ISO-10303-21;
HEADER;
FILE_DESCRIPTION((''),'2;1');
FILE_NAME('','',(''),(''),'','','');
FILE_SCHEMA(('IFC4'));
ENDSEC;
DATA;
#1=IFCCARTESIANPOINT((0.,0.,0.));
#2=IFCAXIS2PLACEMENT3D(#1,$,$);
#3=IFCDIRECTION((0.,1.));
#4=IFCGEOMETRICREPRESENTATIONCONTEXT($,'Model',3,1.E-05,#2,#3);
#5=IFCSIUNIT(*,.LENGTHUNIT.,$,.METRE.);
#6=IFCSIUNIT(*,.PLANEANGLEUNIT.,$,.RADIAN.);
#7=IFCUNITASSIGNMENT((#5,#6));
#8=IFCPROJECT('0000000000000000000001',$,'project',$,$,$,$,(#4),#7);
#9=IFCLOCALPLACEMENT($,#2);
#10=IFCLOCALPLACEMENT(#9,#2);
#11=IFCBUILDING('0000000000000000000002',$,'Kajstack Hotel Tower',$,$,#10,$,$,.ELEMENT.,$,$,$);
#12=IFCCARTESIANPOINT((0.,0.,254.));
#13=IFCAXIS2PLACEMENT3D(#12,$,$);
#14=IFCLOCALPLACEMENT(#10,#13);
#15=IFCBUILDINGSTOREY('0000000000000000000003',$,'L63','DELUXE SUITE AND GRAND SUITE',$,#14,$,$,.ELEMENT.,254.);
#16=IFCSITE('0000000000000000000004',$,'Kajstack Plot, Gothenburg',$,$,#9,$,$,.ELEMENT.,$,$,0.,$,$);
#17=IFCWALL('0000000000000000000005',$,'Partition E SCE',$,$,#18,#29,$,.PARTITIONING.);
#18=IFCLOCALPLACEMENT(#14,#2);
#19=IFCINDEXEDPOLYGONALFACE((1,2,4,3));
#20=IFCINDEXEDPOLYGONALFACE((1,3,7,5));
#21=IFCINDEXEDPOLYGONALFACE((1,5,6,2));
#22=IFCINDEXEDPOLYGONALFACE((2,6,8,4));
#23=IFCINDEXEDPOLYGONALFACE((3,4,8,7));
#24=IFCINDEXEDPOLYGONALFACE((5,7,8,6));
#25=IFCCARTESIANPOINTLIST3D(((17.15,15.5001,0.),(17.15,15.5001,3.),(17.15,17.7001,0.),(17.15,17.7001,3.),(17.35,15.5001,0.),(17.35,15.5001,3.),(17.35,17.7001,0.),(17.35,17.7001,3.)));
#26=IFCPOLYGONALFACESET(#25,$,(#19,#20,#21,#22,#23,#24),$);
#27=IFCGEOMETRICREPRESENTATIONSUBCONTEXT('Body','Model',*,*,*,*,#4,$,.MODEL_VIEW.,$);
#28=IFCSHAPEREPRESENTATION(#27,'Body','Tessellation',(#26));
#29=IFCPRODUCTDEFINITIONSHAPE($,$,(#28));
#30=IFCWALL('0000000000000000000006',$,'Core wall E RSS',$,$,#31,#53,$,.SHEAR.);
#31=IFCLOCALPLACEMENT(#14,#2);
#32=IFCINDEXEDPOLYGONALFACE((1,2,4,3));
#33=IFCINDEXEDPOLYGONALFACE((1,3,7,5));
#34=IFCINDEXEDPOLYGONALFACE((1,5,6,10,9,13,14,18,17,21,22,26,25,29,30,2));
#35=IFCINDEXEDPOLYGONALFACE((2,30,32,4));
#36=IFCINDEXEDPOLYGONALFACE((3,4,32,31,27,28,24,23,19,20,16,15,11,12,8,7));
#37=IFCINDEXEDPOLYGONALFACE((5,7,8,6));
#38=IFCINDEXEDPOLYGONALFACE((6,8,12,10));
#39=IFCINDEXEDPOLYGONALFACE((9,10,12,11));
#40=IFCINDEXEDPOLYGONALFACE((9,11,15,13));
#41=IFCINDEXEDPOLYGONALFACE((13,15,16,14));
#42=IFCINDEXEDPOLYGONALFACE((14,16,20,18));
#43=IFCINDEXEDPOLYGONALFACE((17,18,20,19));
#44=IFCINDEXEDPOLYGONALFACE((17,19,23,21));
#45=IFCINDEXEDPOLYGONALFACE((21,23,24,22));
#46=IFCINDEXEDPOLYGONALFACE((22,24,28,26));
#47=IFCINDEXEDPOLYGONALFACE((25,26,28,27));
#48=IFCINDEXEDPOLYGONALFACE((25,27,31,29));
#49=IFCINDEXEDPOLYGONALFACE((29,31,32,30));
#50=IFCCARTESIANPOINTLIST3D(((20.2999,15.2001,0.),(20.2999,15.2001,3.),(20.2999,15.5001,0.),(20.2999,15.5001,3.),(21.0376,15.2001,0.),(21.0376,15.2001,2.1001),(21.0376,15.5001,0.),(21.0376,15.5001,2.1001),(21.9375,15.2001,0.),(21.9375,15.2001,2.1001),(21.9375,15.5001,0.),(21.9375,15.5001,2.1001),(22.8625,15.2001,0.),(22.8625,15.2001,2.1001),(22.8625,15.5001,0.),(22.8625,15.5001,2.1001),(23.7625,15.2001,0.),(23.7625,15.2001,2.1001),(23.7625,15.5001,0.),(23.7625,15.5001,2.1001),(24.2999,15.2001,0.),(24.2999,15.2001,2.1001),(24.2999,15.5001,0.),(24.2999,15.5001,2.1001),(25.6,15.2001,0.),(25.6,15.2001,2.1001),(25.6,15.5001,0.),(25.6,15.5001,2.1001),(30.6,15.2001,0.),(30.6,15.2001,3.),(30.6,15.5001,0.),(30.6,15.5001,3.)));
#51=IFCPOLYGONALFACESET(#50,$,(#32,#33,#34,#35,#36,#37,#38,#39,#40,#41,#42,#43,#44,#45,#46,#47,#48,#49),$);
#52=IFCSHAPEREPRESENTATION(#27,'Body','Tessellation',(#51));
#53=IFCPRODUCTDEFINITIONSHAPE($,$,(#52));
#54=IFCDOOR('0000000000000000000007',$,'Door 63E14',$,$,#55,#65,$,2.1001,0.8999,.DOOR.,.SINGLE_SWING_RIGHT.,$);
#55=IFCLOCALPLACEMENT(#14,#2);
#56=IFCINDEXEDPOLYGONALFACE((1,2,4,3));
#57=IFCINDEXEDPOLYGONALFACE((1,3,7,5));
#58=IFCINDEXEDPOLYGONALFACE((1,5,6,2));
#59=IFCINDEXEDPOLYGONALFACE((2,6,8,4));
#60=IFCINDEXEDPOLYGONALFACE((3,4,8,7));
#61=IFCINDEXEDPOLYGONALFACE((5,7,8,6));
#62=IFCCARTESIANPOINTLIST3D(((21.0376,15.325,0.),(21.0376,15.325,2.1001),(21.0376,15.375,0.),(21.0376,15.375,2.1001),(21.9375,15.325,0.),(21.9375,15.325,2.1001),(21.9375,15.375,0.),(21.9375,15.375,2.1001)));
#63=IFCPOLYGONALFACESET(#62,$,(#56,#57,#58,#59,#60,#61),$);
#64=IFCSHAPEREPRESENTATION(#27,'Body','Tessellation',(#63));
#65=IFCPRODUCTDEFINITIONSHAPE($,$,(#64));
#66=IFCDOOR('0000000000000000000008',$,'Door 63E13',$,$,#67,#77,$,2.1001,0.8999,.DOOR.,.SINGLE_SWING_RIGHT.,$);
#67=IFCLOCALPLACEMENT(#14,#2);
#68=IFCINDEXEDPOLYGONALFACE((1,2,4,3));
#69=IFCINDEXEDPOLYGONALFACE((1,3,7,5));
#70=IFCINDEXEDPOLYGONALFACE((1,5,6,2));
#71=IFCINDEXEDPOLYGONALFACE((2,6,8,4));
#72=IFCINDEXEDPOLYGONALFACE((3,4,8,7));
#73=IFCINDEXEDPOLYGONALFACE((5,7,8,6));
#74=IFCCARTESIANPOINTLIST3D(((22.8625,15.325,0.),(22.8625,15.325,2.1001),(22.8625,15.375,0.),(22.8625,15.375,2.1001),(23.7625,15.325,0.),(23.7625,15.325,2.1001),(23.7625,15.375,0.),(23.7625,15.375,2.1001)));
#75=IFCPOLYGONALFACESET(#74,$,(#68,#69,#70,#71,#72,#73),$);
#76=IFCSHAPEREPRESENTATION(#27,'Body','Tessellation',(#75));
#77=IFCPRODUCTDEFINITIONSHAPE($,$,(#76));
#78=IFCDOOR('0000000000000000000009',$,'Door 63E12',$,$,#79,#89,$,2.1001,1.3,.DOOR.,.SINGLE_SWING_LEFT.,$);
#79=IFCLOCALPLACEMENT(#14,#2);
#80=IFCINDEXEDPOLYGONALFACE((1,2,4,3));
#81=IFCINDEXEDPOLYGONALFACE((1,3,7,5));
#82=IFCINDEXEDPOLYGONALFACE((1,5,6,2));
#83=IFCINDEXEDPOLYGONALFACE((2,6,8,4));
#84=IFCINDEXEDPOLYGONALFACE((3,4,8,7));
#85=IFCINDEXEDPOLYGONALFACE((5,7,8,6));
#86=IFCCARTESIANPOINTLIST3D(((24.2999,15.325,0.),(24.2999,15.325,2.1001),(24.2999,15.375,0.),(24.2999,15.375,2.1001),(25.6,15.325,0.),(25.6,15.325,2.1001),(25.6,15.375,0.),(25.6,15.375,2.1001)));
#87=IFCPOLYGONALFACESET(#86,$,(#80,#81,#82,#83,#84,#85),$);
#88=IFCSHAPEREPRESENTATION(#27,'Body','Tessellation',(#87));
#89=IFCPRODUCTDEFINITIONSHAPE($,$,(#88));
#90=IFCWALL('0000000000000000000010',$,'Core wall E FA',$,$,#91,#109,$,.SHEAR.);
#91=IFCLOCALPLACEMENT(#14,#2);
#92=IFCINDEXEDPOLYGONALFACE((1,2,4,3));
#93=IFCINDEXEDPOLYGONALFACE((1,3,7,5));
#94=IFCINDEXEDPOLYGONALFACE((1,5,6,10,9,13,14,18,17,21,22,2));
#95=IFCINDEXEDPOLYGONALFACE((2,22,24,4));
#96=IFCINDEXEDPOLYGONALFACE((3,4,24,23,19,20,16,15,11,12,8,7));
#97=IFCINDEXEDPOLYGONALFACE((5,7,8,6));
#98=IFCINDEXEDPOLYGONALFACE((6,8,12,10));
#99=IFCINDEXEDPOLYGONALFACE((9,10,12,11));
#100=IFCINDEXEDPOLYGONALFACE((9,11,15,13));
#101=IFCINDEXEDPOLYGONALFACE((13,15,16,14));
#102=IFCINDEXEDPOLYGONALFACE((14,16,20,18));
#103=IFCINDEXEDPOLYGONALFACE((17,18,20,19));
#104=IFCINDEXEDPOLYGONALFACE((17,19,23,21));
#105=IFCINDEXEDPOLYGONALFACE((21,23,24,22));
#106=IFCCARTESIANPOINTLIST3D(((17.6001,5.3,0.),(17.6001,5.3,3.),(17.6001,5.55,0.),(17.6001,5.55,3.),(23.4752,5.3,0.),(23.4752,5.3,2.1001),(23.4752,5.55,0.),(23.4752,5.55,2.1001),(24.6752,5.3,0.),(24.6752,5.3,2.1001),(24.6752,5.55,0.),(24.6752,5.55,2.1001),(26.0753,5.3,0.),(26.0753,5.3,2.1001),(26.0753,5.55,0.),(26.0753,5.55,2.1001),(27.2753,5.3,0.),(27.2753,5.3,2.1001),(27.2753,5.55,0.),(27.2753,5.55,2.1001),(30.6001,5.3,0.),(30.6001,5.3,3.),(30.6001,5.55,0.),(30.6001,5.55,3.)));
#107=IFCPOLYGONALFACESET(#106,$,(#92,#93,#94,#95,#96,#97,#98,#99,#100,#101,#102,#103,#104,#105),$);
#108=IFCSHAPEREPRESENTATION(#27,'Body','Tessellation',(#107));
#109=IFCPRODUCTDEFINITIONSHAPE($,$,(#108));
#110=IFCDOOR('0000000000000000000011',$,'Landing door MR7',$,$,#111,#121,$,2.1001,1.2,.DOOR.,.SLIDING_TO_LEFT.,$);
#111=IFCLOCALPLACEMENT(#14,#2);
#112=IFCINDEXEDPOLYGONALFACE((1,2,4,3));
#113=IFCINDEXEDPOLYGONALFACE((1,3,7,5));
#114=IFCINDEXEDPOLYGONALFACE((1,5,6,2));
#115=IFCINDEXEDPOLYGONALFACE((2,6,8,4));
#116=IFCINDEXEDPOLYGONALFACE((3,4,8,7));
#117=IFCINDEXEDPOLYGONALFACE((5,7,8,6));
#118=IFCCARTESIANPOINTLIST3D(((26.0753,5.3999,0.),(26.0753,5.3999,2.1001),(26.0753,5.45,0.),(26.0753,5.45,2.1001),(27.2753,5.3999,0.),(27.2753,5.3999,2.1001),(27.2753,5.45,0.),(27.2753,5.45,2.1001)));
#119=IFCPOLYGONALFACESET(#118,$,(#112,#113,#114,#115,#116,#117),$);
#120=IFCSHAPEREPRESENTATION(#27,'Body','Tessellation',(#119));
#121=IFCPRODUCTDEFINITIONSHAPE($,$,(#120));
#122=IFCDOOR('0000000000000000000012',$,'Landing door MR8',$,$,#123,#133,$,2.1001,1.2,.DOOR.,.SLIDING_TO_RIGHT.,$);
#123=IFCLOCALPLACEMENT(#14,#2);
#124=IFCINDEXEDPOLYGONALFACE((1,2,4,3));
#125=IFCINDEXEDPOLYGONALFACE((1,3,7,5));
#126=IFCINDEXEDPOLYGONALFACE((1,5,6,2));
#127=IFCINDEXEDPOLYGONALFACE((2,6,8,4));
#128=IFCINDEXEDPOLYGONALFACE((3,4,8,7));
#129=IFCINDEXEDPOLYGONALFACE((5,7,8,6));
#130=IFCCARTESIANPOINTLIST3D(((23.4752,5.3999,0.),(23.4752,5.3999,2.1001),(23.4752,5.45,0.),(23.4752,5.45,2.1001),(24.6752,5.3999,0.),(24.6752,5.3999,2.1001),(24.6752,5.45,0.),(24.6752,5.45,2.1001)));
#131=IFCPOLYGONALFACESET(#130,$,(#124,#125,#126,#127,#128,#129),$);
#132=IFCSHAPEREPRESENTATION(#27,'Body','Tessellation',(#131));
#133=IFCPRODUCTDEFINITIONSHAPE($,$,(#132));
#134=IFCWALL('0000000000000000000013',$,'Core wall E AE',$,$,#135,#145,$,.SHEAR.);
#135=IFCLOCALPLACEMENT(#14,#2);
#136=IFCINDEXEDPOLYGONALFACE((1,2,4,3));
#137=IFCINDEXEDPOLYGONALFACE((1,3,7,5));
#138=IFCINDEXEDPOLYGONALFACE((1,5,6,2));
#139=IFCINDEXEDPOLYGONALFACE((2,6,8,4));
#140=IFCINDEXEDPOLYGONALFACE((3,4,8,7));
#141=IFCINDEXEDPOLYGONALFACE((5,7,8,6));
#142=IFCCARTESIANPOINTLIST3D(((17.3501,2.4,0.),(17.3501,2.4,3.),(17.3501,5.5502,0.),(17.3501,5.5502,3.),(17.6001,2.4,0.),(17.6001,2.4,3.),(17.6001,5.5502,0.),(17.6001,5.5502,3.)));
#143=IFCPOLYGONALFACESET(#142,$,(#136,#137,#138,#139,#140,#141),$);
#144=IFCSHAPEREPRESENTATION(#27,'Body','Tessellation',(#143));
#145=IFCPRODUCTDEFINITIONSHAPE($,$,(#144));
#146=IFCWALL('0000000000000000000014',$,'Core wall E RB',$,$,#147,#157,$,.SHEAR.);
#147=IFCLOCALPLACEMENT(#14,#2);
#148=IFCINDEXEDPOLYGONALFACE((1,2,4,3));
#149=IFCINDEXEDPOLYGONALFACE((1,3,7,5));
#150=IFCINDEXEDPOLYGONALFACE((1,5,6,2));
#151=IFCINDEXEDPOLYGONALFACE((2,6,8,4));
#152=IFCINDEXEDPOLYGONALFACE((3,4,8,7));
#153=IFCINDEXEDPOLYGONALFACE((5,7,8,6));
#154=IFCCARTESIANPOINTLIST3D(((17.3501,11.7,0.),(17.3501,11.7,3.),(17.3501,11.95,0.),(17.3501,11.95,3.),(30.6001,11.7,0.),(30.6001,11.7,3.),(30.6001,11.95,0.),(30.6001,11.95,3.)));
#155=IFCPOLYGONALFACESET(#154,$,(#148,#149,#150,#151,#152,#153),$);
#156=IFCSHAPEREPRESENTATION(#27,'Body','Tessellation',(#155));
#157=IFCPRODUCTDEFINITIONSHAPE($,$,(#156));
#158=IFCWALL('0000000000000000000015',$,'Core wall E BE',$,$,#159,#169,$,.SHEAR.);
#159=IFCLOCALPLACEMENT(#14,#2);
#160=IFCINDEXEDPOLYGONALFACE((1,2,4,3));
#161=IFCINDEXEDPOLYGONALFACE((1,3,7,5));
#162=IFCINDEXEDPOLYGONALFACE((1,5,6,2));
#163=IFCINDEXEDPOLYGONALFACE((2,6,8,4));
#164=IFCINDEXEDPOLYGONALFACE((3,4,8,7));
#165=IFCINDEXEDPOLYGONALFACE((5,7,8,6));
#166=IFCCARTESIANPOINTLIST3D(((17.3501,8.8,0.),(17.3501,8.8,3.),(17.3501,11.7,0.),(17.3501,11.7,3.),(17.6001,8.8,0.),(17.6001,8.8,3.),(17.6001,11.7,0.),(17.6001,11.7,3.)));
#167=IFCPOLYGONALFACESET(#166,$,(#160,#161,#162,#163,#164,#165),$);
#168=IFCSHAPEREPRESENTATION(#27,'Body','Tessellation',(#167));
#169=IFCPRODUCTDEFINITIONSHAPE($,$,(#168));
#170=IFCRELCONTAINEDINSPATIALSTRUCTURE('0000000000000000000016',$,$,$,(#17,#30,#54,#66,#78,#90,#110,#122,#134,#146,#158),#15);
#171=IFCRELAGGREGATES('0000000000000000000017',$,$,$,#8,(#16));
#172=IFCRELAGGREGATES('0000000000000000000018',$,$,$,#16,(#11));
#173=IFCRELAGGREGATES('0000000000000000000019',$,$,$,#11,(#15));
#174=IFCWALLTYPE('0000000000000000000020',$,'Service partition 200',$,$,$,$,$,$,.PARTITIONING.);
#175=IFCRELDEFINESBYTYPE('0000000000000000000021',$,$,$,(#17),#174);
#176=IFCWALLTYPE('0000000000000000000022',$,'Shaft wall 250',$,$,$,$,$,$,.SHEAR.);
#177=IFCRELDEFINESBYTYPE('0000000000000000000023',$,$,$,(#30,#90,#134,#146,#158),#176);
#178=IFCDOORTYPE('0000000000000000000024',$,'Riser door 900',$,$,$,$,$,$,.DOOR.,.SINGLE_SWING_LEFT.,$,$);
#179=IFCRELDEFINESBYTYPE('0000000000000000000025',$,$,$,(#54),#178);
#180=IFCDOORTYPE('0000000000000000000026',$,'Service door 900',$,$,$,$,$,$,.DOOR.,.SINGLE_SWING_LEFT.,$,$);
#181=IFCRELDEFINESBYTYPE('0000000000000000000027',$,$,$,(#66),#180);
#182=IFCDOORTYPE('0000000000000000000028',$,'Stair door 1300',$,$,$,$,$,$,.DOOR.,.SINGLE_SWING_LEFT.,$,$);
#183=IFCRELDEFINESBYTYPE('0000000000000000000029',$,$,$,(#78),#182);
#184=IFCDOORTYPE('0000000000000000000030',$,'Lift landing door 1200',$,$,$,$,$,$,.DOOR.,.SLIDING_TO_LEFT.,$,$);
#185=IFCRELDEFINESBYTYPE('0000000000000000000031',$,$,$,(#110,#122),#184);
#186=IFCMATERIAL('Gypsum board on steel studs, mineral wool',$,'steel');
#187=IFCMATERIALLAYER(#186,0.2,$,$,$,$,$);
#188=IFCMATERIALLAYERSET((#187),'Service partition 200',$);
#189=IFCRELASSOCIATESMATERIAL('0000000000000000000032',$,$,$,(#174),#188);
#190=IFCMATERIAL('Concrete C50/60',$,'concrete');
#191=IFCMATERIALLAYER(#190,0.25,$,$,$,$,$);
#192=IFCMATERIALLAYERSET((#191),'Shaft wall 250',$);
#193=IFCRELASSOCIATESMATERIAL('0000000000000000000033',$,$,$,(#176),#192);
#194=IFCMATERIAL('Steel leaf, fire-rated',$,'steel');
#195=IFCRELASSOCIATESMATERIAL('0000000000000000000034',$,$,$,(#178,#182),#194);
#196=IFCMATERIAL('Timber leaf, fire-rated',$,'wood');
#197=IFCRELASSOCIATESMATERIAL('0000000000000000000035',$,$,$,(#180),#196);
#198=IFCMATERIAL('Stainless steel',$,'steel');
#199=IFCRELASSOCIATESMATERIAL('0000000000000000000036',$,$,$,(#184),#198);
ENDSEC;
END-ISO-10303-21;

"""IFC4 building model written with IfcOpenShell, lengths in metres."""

from ifc_helpers import new_model, si_unit, direction, frame, frame_2d, origin, place, context, subcontext, project, spatial, rectangle, extrude, material, layer, layer_set, type_object, element, fill, save


model = new_model("IFC4")

# Units and contexts
model_context = context("Model", 3, precision=1e-05, world=origin(), true_north=direction((0.0, 1.0)))
body_context = subcontext(model_context, "Body", "Model", "MODEL_VIEW")
ifc_project = project(units=[si_unit("LENGTHUNIT", "METRE"), si_unit("PLANEANGLEUNIT", "RADIAN")], contexts=[model_context])

# Site, building, storey
site_placement = place(None, origin())
site = spatial("IfcSite", under=ifc_project, at=site_placement, Name="Kajstack Plot, Gothenburg", CompositionType="ELEMENT", RefElevation=0.0)
building_placement = place(site_placement, origin())
building = spatial("IfcBuilding", under=site, at=building_placement, Name="Kajstack Hotel Tower", CompositionType="ELEMENT")
storey_placement = place(building_placement, frame((0.0, 0.0, 254.0)))
storey = spatial("IfcBuildingStorey", under=building, at=storey_placement, Name="L63", Description="DELUXE SUITE AND GRAND SUITE", CompositionType="ELEMENT", Elevation=254.0)

# Wall
ifc_material_1 = material(Name="Gypsum board on steel studs, mineral wool", Category="steel")
ifc_layer_1 = layer(ifc_material_1, 0.2)
ifc_layer_set_1 = layer_set([ifc_layer_1], Name="Service partition 200")
wall_type_1 = type_object("IfcWallType", Name="Service partition 200", PredefinedType="PARTITIONING", material=ifc_layer_set_1)
wall_1_placement = place(storey_placement, frame((17.25, 15.5, 0.0), z_axis=(0.0, 0.0, 1.0), x_axis=(0.0, 1.0, 0.0)))
element("IfcWall", 1, at=wall_1_placement, inside=storey, type_object=wall_type_1, Name="Partition E SCE", PredefinedType="PARTITIONING", context=body_context, shape_type="SweptSolid", body=[
    extrude(rectangle(XDim=2.2, YDim=0.2, at=frame_2d((1.1001, 0.0))), origin(), (0.0, 0.0, 1.0), 3.0),
])

# Walls, openings, doors
ifc_material_2 = material(Name="Concrete C50/60", Category="concrete")
ifc_layer_2 = layer(ifc_material_2, 0.25)
ifc_layer_set_2 = layer_set([ifc_layer_2], Name="Shaft wall 250")
wall_type_2 = type_object("IfcWallType", Name="Shaft wall 250", PredefinedType="SHEAR", material=ifc_layer_set_2)
wall_2_placement = place(storey_placement, frame((20.3, 15.3501, 0.0), z_axis=(0.0, 0.0, 1.0), x_axis=(1.0, 0.0, 0.0)))
wall_2 = element("IfcWall", 2, at=wall_2_placement, inside=storey, type_object=wall_type_2, Name="Core wall E RSS", PredefinedType="SHEAR", context=body_context, shape_type="SweptSolid", body=[
    extrude(rectangle(XDim=10.3, YDim=0.3, at=frame_2d((5.1499, 0.0))), origin(), (0.0, 0.0, 1.0), 3.0),
])
opening_1_placement = place(wall_2_placement, frame((4.0, 0.0, 0.0)))
opening_1 = element("IfcOpeningElement", 3, at=opening_1_placement, cuts=wall_2, PredefinedType="OPENING", context=body_context, shape_type="SweptSolid", body=[
    extrude(rectangle(XDim=1.3, YDim=2.1001, at=frame_2d((0.6499, 1.05))), frame((0.0, 0.1599, 0.0), z_axis=(0.0, -1.0, 0.0), x_axis=(1.0, 0.0, 0.0)), (0.0, 0.0, 1.0), 0.3201),
])
opening_2_placement = place(wall_2_placement, frame((2.5625, 0.0, 0.0)))
opening_2 = element("IfcOpeningElement", 4, at=opening_2_placement, cuts=wall_2, PredefinedType="OPENING", context=body_context, shape_type="SweptSolid", body=[
    extrude(rectangle(XDim=0.8999, YDim=2.1001, at=frame_2d((0.45, 1.05))), frame((0.0, 0.1599, 0.0), z_axis=(0.0, -1.0, 0.0), x_axis=(1.0, 0.0, 0.0)), (0.0, 0.0, 1.0), 0.3201),
])
opening_3_placement = place(wall_2_placement, frame((0.7375, 0.0, 0.0)))
opening_3 = element("IfcOpeningElement", 5, at=opening_3_placement, cuts=wall_2, PredefinedType="OPENING", context=body_context, shape_type="SweptSolid", body=[
    extrude(rectangle(XDim=0.8999, YDim=2.1001, at=frame_2d((0.45, 1.05))), frame((0.0, 0.1599, 0.0), z_axis=(0.0, -1.0, 0.0), x_axis=(1.0, 0.0, 0.0)), (0.0, 0.0, 1.0), 0.3201),
])
ifc_material_3 = material(Name="Steel leaf, fire-rated", Category="steel")
door_type_1 = type_object("IfcDoorType", Name="Riser door 900", OperationType="SINGLE_SWING_LEFT", PredefinedType="DOOR", material=ifc_material_3)
door_1_placement = place(opening_3_placement, origin())
door_1 = element("IfcDoor", 6, at=door_1_placement, inside=storey, type_object=door_type_1, Name="Door 63E14", OperationType="SINGLE_SWING_RIGHT", OverallHeight=2.1001, OverallWidth=0.8999, PredefinedType="DOOR", context=body_context, shape_type="SweptSolid", body=[
    extrude(rectangle(XDim=0.8999, YDim=2.1001, at=frame_2d((0.45, 1.05))), frame((0.0, 0.0249, 0.0), z_axis=(0.0, -1.0, 0.0), x_axis=(1.0, 0.0, 0.0)), (0.0, 0.0, 1.0), 0.05),
])
fill(opening_3, door_1)
ifc_material_4 = material(Name="Timber leaf, fire-rated", Category="wood")
door_type_2 = type_object("IfcDoorType", Name="Service door 900", OperationType="SINGLE_SWING_LEFT", PredefinedType="DOOR", material=ifc_material_4)
door_2_placement = place(opening_2_placement, origin())
door_2 = element("IfcDoor", 7, at=door_2_placement, inside=storey, type_object=door_type_2, Name="Door 63E13", OperationType="SINGLE_SWING_RIGHT", OverallHeight=2.1001, OverallWidth=0.8999, PredefinedType="DOOR", context=body_context, shape_type="SweptSolid", body=[
    extrude(rectangle(XDim=0.8999, YDim=2.1001, at=frame_2d((0.45, 1.05))), frame((0.0, 0.0249, 0.0), z_axis=(0.0, -1.0, 0.0), x_axis=(1.0, 0.0, 0.0)), (0.0, 0.0, 1.0), 0.05),
])
fill(opening_2, door_2)
door_type_3 = type_object("IfcDoorType", Name="Stair door 1300", OperationType="SINGLE_SWING_LEFT", PredefinedType="DOOR", material=ifc_material_3)
door_3_placement = place(opening_1_placement, origin())
door_3 = element("IfcDoor", 8, at=door_3_placement, inside=storey, type_object=door_type_3, Name="Door 63E12", OperationType="SINGLE_SWING_LEFT", OverallHeight=2.1001, OverallWidth=1.3, PredefinedType="DOOR", context=body_context, shape_type="SweptSolid", body=[
    extrude(rectangle(XDim=1.3, YDim=2.1001, at=frame_2d((0.6499, 1.05))), frame((0.0, 0.0249, 0.0), z_axis=(0.0, -1.0, 0.0), x_axis=(1.0, 0.0, 0.0)), (0.0, 0.0, 1.0), 0.05),
])
fill(opening_1, door_3)
wall_3_placement = place(storey_placement, frame((17.6001, 5.425, 0.0), z_axis=(0.0, 0.0, 1.0), x_axis=(1.0, 0.0, 0.0)))
wall_3 = element("IfcWall", 9, at=wall_3_placement, inside=storey, type_object=wall_type_2, Name="Core wall E FA", PredefinedType="SHEAR", context=body_context, shape_type="SweptSolid", body=[
    extrude(rectangle(XDim=13.0, YDim=0.25, at=frame_2d((6.5, 0.0))), origin(), (0.0, 0.0, 1.0), 3.0),
])
opening_4_placement = place(wall_3_placement, frame((8.4751, 0.0, 0.0)))
opening_4 = element("IfcOpeningElement", 10, at=opening_4_placement, cuts=wall_3, PredefinedType="OPENING", context=body_context, shape_type="SweptSolid", body=[
    extrude(rectangle(XDim=1.2, YDim=2.1001, at=frame_2d((0.6001, 1.05))), frame((0.0, 0.135, 0.0), z_axis=(0.0, -1.0, 0.0), x_axis=(1.0, 0.0, 0.0)), (0.0, 0.0, 1.0), 0.27),
])
opening_5_placement = place(wall_3_placement, frame((5.875, 0.0, 0.0)))
opening_5 = element("IfcOpeningElement", 11, at=opening_5_placement, cuts=wall_3, PredefinedType="OPENING", context=body_context, shape_type="SweptSolid", body=[
    extrude(rectangle(XDim=1.2, YDim=2.1001, at=frame_2d((0.6001, 1.05))), frame((0.0, 0.135, 0.0), z_axis=(0.0, -1.0, 0.0), x_axis=(1.0, 0.0, 0.0)), (0.0, 0.0, 1.0), 0.27),
])
ifc_material_5 = material(Name="Stainless steel", Category="steel")
door_type_4 = type_object("IfcDoorType", Name="Lift landing door 1200", OperationType="SLIDING_TO_LEFT", PredefinedType="DOOR", material=ifc_material_5)
door_4_placement = place(opening_4_placement, origin())
door_4 = element("IfcDoor", 12, at=door_4_placement, inside=storey, type_object=door_type_4, Name="Landing door MR7", OperationType="SLIDING_TO_LEFT", OverallHeight=2.1001, OverallWidth=1.2, PredefinedType="DOOR", context=body_context, shape_type="SweptSolid", body=[
    extrude(rectangle(XDim=1.2, YDim=2.1001, at=frame_2d((0.6001, 1.05))), frame((0.0, 0.0249, 0.0), z_axis=(0.0, -1.0, 0.0), x_axis=(1.0, 0.0, 0.0)), (0.0, 0.0, 1.0), 0.05),
])
fill(opening_4, door_4)
door_5_placement = place(opening_5_placement, origin())
door_5 = element("IfcDoor", 13, at=door_5_placement, inside=storey, type_object=door_type_4, Name="Landing door MR8", OperationType="SLIDING_TO_RIGHT", OverallHeight=2.1001, OverallWidth=1.2, PredefinedType="DOOR", context=body_context, shape_type="SweptSolid", body=[
    extrude(rectangle(XDim=1.2, YDim=2.1001, at=frame_2d((0.6001, 1.05))), frame((0.0, 0.0249, 0.0), z_axis=(0.0, -1.0, 0.0), x_axis=(1.0, 0.0, 0.0)), (0.0, 0.0, 1.0), 0.05),
])
fill(opening_5, door_5)

# Walls
wall_4_placement = place(storey_placement, frame((17.4751, 2.3999, 0.0), z_axis=(0.0, 0.0, 1.0), x_axis=(0.0, 1.0, 0.0)))
element("IfcWall", 14, at=wall_4_placement, inside=storey, type_object=wall_type_2, Name="Core wall E AE", PredefinedType="SHEAR", context=body_context, shape_type="SweptSolid", body=[
    extrude(rectangle(XDim=3.1501, YDim=0.25, at=frame_2d((1.5752, 0.0))), origin(), (0.0, 0.0, 1.0), 3.0),
])
wall_5_placement = place(storey_placement, frame((17.3501, 11.825, 0.0), z_axis=(0.0, 0.0, 1.0), x_axis=(1.0, 0.0, 0.0)))
element("IfcWall", 15, at=wall_5_placement, inside=storey, type_object=wall_type_2, Name="Core wall E RB", PredefinedType="SHEAR", context=body_context, shape_type="SweptSolid", body=[
    extrude(rectangle(XDim=13.25, YDim=0.25, at=frame_2d((6.625, 0.0))), origin(), (0.0, 0.0, 1.0), 3.0),
])
wall_6_placement = place(storey_placement, frame((17.4751, 8.8, 0.0), z_axis=(0.0, 0.0, 1.0), x_axis=(0.0, 1.0, 0.0)))
element("IfcWall", 16, at=wall_6_placement, inside=storey, type_object=wall_type_2, Name="Core wall E BE", PredefinedType="SHEAR", context=body_context, shape_type="SweptSolid", body=[
    extrude(rectangle(XDim=2.8999, YDim=0.25, at=frame_2d((1.45, 0.0))), origin(), (0.0, 0.0, 1.0), 3.0),
])

save(model, "model.ifc")
